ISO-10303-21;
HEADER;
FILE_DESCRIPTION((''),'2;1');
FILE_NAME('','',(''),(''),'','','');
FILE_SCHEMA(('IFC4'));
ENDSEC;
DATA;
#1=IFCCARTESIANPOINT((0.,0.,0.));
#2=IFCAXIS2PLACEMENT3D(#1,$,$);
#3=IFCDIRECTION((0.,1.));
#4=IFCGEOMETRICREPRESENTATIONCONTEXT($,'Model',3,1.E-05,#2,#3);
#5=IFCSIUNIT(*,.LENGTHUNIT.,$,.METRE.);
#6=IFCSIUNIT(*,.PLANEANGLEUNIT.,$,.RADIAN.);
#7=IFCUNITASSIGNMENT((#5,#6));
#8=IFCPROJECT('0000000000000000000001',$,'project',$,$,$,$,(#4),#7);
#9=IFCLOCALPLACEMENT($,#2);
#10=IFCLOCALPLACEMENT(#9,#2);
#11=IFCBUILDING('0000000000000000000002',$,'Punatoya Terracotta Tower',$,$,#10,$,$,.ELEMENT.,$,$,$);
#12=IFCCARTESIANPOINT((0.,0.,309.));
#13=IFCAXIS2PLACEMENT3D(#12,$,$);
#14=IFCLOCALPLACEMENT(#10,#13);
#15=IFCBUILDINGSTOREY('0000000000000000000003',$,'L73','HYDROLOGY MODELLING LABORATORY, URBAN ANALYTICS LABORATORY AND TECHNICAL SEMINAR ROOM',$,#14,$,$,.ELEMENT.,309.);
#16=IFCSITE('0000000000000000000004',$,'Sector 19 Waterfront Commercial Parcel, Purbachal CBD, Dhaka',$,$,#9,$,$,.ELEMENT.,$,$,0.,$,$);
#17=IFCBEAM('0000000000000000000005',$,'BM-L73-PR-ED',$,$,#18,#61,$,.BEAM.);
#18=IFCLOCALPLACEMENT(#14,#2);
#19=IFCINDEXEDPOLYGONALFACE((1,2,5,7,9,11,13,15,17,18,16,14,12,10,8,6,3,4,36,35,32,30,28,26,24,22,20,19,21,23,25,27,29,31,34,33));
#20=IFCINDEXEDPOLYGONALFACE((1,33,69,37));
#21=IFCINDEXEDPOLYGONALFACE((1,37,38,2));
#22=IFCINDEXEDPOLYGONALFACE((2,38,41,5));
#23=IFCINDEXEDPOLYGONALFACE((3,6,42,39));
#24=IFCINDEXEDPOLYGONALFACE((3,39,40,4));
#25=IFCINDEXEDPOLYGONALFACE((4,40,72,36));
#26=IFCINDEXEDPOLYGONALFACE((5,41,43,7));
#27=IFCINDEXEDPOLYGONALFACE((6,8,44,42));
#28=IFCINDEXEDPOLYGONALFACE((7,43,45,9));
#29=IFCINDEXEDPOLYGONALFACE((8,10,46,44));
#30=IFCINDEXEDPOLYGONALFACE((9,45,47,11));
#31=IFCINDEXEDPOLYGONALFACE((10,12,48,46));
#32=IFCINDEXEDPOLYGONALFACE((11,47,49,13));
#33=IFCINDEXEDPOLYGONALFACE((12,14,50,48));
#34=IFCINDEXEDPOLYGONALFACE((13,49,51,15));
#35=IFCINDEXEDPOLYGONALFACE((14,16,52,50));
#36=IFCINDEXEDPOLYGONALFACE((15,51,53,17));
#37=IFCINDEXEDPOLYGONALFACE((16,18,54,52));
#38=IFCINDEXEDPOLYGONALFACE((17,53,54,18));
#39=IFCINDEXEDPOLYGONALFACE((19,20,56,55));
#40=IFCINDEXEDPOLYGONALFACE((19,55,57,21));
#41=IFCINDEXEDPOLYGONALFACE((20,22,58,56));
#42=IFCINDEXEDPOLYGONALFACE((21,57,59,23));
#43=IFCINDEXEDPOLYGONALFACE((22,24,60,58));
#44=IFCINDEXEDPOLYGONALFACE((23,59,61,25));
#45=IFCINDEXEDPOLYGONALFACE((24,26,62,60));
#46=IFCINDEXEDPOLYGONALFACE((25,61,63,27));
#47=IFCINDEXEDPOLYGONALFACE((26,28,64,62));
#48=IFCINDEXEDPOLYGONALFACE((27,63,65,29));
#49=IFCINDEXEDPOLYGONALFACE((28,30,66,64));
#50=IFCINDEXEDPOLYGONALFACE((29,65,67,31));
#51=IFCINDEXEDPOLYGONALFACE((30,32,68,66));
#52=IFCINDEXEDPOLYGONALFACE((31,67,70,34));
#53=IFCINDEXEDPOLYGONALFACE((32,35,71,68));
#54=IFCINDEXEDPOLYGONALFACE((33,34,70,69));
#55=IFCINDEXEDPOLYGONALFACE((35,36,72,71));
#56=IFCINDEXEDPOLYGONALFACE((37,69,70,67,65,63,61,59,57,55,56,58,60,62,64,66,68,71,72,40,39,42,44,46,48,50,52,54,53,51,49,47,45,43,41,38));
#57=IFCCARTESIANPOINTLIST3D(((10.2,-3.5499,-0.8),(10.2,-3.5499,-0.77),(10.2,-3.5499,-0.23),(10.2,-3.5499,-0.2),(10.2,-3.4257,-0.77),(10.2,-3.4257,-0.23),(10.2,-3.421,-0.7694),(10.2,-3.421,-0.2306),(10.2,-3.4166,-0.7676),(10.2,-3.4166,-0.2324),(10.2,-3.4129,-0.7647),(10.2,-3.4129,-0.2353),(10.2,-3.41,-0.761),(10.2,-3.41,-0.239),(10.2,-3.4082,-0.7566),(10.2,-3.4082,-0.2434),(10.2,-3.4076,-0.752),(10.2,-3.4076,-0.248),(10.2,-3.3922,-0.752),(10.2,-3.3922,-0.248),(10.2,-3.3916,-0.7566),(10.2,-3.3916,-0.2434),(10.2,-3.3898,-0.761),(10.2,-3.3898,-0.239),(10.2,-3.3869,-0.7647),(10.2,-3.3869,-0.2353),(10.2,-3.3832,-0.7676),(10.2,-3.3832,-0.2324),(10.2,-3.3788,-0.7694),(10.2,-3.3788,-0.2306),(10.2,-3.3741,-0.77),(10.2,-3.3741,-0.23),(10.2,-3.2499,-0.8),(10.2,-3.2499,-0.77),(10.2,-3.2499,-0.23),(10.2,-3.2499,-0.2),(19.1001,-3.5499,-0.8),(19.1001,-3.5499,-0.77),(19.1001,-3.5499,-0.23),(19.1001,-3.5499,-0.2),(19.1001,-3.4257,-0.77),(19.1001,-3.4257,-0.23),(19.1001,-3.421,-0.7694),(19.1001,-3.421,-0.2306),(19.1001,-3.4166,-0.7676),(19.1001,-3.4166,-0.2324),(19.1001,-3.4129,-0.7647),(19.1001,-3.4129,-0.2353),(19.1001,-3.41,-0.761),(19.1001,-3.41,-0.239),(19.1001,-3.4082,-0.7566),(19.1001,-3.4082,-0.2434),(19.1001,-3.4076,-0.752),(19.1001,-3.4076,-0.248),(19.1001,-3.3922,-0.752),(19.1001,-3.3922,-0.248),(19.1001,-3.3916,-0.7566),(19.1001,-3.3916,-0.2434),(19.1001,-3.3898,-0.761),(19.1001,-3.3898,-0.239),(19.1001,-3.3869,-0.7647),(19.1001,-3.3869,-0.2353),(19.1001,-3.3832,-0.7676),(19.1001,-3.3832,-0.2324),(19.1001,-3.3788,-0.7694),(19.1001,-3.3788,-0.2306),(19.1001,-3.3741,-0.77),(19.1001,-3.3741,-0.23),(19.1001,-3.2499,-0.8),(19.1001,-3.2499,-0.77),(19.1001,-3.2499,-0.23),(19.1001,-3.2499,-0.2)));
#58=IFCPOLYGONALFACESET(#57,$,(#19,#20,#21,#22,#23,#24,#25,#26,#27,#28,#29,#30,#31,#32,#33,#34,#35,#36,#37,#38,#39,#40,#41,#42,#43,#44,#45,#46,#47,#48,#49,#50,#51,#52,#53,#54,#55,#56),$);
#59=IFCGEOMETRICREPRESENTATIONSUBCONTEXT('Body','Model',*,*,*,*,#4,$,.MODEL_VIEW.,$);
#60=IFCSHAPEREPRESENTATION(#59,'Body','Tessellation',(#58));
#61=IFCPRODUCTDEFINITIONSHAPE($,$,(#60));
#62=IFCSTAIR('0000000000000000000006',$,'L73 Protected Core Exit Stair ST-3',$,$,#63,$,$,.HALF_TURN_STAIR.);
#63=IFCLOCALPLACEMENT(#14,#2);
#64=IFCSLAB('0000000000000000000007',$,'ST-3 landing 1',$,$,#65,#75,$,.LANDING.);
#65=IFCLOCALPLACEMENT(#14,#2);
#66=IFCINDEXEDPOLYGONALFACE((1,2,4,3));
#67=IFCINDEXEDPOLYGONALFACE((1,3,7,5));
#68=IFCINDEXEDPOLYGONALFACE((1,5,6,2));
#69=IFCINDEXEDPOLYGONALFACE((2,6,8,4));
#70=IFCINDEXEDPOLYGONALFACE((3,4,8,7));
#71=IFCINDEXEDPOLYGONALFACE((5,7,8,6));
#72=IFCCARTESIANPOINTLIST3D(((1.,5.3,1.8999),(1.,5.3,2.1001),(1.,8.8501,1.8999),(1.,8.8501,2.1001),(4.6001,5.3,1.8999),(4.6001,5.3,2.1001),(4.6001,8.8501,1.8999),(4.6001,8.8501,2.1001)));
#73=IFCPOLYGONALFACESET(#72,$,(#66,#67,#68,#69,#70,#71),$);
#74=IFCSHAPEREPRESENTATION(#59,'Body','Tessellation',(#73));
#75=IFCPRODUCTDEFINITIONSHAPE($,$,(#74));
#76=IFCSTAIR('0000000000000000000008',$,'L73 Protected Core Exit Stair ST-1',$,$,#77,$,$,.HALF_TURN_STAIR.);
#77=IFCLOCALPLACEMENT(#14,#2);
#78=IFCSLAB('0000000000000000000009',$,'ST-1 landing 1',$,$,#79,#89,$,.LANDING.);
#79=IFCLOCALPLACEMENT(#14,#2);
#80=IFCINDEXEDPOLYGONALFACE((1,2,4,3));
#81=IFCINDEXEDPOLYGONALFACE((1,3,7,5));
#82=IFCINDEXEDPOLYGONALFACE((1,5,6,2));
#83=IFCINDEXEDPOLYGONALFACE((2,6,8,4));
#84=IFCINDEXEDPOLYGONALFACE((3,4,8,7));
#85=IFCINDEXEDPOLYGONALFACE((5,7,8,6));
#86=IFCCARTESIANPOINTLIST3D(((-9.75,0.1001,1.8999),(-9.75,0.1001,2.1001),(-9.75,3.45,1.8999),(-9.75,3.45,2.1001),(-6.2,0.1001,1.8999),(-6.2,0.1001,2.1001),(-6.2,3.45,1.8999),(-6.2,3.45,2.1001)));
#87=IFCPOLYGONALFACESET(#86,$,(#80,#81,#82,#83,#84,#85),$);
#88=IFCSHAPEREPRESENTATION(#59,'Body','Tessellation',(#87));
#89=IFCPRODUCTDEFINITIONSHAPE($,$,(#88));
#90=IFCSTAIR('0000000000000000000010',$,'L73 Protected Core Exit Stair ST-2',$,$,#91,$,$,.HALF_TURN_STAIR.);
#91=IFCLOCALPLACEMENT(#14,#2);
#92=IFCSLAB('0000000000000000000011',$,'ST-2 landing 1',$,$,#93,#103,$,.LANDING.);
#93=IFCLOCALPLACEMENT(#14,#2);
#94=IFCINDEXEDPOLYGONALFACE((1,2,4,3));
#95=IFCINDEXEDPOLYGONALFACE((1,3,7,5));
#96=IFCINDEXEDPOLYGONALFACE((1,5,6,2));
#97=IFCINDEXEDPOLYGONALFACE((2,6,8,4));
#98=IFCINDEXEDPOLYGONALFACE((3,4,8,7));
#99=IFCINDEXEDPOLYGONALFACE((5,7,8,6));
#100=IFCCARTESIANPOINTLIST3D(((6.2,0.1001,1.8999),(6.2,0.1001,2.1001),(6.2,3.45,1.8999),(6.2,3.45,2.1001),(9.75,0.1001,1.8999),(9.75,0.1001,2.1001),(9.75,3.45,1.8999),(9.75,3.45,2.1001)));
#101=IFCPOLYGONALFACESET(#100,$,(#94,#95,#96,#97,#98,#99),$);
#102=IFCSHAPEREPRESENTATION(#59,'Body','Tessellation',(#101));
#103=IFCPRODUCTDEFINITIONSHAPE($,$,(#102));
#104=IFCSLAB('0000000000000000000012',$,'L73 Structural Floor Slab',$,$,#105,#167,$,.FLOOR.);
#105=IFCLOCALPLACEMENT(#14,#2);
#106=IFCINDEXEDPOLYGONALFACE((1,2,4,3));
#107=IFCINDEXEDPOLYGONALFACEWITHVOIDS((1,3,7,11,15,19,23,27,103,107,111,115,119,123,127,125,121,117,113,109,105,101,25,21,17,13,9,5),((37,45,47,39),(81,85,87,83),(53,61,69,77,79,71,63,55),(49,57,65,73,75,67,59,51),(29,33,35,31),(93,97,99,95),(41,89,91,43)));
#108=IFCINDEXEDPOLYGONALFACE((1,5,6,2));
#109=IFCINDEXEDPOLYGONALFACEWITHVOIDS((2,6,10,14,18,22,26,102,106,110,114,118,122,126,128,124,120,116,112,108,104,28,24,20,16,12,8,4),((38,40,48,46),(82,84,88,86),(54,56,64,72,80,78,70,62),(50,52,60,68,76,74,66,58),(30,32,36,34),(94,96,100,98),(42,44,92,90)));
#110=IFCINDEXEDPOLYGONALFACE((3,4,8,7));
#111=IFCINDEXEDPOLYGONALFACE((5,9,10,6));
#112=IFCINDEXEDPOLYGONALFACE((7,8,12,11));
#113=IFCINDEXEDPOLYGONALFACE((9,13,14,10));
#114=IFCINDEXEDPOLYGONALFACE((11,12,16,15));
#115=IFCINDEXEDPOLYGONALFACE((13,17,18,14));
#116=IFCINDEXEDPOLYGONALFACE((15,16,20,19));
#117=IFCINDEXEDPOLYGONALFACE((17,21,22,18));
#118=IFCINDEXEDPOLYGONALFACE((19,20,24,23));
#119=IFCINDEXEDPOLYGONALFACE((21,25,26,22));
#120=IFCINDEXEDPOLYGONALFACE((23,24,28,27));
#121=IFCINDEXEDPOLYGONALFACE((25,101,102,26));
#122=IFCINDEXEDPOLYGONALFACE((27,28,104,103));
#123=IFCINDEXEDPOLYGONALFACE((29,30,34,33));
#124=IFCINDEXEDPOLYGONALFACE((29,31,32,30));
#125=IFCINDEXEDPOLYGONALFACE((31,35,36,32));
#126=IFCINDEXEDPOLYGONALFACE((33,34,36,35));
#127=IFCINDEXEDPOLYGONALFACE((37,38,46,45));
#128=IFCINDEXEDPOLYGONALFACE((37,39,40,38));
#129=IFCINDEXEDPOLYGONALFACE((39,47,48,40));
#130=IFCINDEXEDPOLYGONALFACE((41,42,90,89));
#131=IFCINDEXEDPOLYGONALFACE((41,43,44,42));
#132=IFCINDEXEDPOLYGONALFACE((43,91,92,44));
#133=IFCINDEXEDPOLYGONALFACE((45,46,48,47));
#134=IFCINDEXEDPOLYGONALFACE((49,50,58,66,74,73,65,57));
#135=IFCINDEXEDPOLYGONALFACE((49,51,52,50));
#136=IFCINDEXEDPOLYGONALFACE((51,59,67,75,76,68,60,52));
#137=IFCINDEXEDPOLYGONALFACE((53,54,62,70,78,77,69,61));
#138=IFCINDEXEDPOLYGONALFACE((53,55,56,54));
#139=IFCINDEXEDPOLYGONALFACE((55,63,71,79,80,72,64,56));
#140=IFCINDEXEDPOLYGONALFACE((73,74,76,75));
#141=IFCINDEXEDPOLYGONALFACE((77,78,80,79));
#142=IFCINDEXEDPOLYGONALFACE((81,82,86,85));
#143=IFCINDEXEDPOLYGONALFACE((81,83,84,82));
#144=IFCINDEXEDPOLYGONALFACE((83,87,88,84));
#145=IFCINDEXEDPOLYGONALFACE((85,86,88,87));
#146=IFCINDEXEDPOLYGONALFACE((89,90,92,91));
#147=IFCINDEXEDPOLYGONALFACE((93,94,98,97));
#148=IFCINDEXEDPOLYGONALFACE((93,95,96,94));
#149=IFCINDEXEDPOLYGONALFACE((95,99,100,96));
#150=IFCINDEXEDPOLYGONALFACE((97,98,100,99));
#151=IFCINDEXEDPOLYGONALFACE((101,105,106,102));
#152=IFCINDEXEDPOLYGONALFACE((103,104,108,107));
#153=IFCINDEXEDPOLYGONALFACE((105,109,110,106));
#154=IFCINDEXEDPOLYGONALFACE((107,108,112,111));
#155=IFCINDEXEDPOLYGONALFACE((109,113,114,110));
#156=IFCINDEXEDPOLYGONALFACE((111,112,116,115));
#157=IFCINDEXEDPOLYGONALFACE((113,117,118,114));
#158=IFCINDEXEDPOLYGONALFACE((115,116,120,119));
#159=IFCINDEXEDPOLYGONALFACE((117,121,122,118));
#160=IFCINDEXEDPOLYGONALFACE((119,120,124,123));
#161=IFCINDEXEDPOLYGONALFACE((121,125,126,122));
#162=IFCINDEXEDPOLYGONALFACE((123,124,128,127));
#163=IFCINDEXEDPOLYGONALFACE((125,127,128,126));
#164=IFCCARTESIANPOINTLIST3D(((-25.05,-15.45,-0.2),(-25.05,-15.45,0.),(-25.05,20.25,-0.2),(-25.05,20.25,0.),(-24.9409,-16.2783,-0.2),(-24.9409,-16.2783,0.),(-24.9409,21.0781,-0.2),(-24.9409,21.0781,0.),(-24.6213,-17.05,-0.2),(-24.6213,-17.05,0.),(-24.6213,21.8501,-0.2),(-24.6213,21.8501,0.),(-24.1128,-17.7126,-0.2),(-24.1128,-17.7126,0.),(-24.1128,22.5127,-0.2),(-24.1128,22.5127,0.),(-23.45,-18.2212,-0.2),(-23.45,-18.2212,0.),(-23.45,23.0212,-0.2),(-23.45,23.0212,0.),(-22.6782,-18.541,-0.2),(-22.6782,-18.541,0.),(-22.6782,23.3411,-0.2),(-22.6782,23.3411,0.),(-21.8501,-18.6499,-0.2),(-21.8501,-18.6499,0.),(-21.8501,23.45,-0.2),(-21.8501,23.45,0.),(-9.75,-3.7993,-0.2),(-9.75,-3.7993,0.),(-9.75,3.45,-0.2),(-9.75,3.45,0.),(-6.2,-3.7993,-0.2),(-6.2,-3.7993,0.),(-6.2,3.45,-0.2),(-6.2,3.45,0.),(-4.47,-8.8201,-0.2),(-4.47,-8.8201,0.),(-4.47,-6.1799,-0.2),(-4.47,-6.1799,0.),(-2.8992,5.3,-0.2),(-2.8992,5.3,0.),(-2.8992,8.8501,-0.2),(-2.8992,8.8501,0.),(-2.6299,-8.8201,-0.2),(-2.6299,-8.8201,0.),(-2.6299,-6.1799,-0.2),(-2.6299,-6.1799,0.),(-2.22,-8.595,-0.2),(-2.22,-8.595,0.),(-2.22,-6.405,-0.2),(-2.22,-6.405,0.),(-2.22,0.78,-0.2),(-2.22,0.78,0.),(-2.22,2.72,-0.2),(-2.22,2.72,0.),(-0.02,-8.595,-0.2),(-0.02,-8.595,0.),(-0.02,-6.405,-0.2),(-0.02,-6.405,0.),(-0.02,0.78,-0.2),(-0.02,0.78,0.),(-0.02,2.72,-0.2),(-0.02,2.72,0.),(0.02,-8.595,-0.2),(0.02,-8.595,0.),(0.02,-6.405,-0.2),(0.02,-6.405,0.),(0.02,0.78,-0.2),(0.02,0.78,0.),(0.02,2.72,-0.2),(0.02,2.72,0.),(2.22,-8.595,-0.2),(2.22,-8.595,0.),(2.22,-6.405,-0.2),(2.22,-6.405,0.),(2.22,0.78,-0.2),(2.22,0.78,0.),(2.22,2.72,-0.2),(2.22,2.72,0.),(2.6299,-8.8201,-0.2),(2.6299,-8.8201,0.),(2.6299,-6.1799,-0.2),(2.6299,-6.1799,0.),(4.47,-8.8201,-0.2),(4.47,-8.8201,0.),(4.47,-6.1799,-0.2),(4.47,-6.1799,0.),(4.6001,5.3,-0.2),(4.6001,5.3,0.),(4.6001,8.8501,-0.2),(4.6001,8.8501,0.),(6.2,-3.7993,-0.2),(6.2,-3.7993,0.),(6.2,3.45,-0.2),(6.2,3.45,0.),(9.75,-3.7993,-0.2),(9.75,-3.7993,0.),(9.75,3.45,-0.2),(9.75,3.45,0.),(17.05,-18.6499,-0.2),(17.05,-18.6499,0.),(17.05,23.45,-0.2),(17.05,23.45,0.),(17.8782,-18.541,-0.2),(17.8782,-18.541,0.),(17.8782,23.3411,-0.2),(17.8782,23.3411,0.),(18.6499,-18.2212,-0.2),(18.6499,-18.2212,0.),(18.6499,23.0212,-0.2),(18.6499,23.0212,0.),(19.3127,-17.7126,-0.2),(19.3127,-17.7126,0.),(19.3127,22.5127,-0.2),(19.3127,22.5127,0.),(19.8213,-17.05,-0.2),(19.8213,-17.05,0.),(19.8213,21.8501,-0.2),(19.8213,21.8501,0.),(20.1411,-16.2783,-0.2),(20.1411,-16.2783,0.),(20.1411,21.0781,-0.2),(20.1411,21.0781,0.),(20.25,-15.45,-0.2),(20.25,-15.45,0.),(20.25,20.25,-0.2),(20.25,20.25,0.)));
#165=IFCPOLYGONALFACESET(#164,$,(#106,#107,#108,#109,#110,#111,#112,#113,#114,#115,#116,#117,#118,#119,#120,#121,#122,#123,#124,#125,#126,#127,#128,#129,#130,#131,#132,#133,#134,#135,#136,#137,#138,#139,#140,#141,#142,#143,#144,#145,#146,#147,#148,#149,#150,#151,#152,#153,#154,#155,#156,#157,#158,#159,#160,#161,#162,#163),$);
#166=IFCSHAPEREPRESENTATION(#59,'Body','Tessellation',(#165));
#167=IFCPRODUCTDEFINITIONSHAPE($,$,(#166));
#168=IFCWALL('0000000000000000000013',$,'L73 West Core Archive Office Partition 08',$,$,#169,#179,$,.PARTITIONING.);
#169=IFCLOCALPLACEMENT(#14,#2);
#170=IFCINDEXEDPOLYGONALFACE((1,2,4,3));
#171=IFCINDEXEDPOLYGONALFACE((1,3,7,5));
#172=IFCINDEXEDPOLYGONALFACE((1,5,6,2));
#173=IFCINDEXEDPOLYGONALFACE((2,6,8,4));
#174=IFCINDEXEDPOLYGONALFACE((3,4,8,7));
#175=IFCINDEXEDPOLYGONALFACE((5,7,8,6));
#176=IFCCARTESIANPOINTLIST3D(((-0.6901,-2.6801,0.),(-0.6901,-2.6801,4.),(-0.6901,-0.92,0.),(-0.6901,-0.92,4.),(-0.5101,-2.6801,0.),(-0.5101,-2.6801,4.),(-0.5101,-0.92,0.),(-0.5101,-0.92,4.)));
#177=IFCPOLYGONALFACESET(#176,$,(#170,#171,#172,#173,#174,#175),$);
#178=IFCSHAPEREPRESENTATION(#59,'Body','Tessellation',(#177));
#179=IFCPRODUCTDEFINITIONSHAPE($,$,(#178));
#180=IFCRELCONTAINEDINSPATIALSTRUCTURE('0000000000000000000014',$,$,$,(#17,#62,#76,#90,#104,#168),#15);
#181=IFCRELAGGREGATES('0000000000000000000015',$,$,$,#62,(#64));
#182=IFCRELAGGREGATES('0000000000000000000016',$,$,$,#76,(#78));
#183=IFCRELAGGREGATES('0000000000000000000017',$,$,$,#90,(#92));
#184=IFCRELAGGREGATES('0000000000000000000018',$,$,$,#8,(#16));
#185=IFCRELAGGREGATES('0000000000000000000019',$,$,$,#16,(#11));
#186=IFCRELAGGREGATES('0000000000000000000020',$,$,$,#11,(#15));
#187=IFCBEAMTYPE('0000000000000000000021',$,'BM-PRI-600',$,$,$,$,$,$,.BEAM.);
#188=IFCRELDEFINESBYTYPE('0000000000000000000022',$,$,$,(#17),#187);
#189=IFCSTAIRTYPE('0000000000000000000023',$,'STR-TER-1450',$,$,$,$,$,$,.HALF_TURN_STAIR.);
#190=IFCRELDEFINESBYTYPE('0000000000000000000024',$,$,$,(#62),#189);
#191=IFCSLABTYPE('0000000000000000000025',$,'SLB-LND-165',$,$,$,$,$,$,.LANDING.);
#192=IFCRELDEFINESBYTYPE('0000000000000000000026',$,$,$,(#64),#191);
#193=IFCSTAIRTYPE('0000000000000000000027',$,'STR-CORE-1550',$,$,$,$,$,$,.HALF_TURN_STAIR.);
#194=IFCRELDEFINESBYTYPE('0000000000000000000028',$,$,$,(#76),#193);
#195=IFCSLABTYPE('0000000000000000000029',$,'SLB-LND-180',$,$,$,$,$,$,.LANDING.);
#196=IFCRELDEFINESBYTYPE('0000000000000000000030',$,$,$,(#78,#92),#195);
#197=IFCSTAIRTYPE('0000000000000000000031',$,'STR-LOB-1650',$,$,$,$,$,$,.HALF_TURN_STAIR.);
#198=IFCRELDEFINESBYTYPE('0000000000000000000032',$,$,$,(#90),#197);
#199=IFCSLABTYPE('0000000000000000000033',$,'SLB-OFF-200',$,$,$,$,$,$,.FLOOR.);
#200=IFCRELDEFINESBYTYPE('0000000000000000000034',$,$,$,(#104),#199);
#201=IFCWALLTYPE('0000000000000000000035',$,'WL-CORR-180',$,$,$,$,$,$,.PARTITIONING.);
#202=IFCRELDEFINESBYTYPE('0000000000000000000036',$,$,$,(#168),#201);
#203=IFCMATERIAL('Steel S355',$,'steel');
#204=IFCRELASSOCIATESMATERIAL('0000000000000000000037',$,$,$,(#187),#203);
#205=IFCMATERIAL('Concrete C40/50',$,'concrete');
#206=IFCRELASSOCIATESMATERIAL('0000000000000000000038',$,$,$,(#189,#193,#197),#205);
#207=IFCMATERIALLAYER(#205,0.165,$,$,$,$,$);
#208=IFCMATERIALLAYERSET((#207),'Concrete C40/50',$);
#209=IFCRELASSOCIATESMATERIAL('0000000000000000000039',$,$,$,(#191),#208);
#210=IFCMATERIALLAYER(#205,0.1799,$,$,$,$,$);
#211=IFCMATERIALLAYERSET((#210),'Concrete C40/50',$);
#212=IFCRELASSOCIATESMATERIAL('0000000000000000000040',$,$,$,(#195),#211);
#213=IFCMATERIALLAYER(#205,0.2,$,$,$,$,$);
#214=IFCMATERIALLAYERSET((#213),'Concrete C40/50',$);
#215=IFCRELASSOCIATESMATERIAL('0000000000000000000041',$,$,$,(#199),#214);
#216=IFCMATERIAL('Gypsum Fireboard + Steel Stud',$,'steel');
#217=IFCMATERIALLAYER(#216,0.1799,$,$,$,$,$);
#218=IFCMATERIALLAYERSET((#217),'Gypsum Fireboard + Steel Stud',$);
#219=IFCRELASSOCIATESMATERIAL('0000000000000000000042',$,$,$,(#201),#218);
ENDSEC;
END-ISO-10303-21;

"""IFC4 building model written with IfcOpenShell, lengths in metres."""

from ifc_helpers import new_model, si_unit, direction, frame, frame_2d, origin, origin_2d, place, context, subcontext, project, spatial, polyline, rectangle, i_section, outline, extrude, material, layer, layer_set, material_profile, profile_set, type_object, element, aggregate, save


model = new_model("IFC4")

# Units and contexts
model_context = context("Model", 3, precision=1e-05, world=origin(), true_north=direction((0.0, 1.0)))
body_context = subcontext(model_context, "Body", "Model", "MODEL_VIEW")
ifc_project = project(units=[si_unit("LENGTHUNIT", "METRE"), si_unit("PLANEANGLEUNIT", "RADIAN")], contexts=[model_context])

# Site, building, storey
site_placement = place(None, origin())
site = spatial("IfcSite", under=ifc_project, at=site_placement, Name="Sector 19 Waterfront Commercial Parcel, Purbachal CBD, Dhaka", CompositionType="ELEMENT", RefElevation=0.0)
building_placement = place(site_placement, origin())
building = spatial("IfcBuilding", under=site, at=building_placement, Name="Punatoya Terracotta Tower", CompositionType="ELEMENT")
storey_placement = place(building_placement, frame((0.0, 0.0, 309.0)))
storey = spatial("IfcBuildingStorey", under=building, at=storey_placement, Name="L73", Description="HYDROLOGY MODELLING LABORATORY, URBAN ANALYTICS LABORATORY AND TECHNICAL SEMINAR ROOM", CompositionType="ELEMENT", Elevation=309.0)

# Beam
ifc_material_1 = material(Name="Steel S355", Category="steel")
ifc_material_profile = material_profile(ifc_material_1, i_section(OverallWidth=0.3, OverallDepth=0.6001, WebThickness=0.0154, FlangeThickness=0.03, FilletRadius=0.0181, at=origin_2d()))
ifc_profile_set = profile_set([ifc_material_profile], Name="Steel S355")
beam_type = type_object("IfcBeamType", Name="BM-PRI-600", PredefinedType="BEAM", material=ifc_profile_set)
beam_placement = place(storey_placement, frame((10.2, -3.3999, -0.5), z_axis=(1.0, 0.0, 0.0), x_axis=(0.0, 1.0, 0.0)))
element("IfcBeam", 1, at=beam_placement, inside=storey, type_object=beam_type, Name="BM-L73-PR-ED", PredefinedType="BEAM", context=body_context, shape_type="SweptSolid", body=[
    extrude(i_section(OverallWidth=0.3, OverallDepth=0.6001, WebThickness=0.0154, FlangeThickness=0.03, FilletRadius=0.0181, at=origin_2d()), origin(), (0.0, 0.0, 1.0), 8.9001),
])

# Stairs, slabs
ifc_material_2 = material(Name="Concrete C40/50", Category="concrete")
stair_type_1 = type_object("IfcStairType", Name="STR-TER-1450", PredefinedType="HALF_TURN_STAIR", material=ifc_material_2)
stair_1_placement = place(storey_placement, origin())
stair_1 = element("IfcStair", 2, at=stair_1_placement, inside=storey, type_object=stair_type_1, Name="L73 Protected Core Exit Stair ST-3", PredefinedType="HALF_TURN_STAIR")
ifc_layer_1 = layer(ifc_material_2, 0.165)
ifc_layer_set_1 = layer_set([ifc_layer_1], Name="Concrete C40/50")
slab_type_1 = type_object("IfcSlabType", Name="SLB-LND-165", PredefinedType="LANDING", material=ifc_layer_set_1)
slab_1_placement = place(storey_placement, frame((0.0, 0.0, 1.8999)))
slab_1 = element("IfcSlab", 3, at=slab_1_placement, type_object=slab_type_1, Name="ST-3 landing 1", PredefinedType="LANDING", context=body_context, shape_type="SweptSolid", body=[
    extrude(outline(polyline([(1.0, 5.3), (4.6001, 5.3), (4.6001, 8.8501), (1.0, 8.8501), (1.0, 5.3)])), origin(), (0.0, 0.0, 1.0), 0.2002),
])
aggregate(stair_1, [slab_1])
stair_type_2 = type_object("IfcStairType", Name="STR-CORE-1550", PredefinedType="HALF_TURN_STAIR", material=ifc_material_2)
stair_2_placement = place(storey_placement, origin())
stair_2 = element("IfcStair", 4, at=stair_2_placement, inside=storey, type_object=stair_type_2, Name="L73 Protected Core Exit Stair ST-1", PredefinedType="HALF_TURN_STAIR")
ifc_layer_2 = layer(ifc_material_2, 0.1799)
ifc_layer_set_2 = layer_set([ifc_layer_2], Name="Concrete C40/50")
slab_type_2 = type_object("IfcSlabType", Name="SLB-LND-180", PredefinedType="LANDING", material=ifc_layer_set_2)
slab_2_placement = place(storey_placement, frame((0.0, 0.0, 1.8999)))
slab_2 = element("IfcSlab", 5, at=slab_2_placement, type_object=slab_type_2, Name="ST-1 landing 1", PredefinedType="LANDING", context=body_context, shape_type="SweptSolid", body=[
    extrude(outline(polyline([(-6.2, 0.1001), (-6.2, 3.45), (-9.75, 3.45), (-9.75, 0.1001), (-6.2, 0.1001)])), origin(), (0.0, 0.0, 1.0), 0.2002),
])
aggregate(stair_2, [slab_2])
stair_type_3 = type_object("IfcStairType", Name="STR-LOB-1650", PredefinedType="HALF_TURN_STAIR", material=ifc_material_2)
stair_3_placement = place(storey_placement, origin())
stair_3 = element("IfcStair", 6, at=stair_3_placement, inside=storey, type_object=stair_type_3, Name="L73 Protected Core Exit Stair ST-2", PredefinedType="HALF_TURN_STAIR")
slab_3_placement = place(storey_placement, frame((0.0, 0.0, 1.8999)))
slab_3 = element("IfcSlab", 7, at=slab_3_placement, type_object=slab_type_2, Name="ST-2 landing 1", PredefinedType="LANDING", context=body_context, shape_type="SweptSolid", body=[
    extrude(outline(polyline([(9.75, 0.1001), (9.75, 3.45), (6.2, 3.45), (6.2, 0.1001), (9.75, 0.1001)])), origin(), (0.0, 0.0, 1.0), 0.2002),
])

# Slab
ifc_layer_3 = layer(ifc_material_2, 0.2)
ifc_layer_set_3 = layer_set([ifc_layer_3], Name="Concrete C40/50")
slab_type_3 = type_object("IfcSlabType", Name="SLB-OFF-200", PredefinedType="FLOOR", material=ifc_layer_set_3)
slab_4_placement = place(storey_placement, frame((0.0, 0.0, -0.2)))
element("IfcSlab", 8, at=slab_4_placement, inside=storey, type_object=slab_type_3, Name="L73 Structural Floor Slab", PredefinedType="FLOOR", context=body_context, shape_type="SweptSolid", body=[
    extrude(outline(polyline([(-21.8501, -18.6499), (-22.6782, -18.541), (-23.45, -18.2212), (-24.1128, -17.7126), (-24.6213, -17.05), (-24.9409, -16.2783), (-25.05, -15.45), (-25.05, 20.25), (-24.9409, 21.0781), (-24.6213, 21.8501), (-24.1128, 22.5127), (-23.45, 23.0212), (-22.6782, 23.3411), (-21.8501, 23.45), (17.05, 23.45), (17.8782, 23.3411), (18.6499, 23.0212), (19.3127, 22.5127), (19.8213, 21.8501), (20.1411, 21.0781), (20.25, 20.25), (20.25, -15.45), (20.1411, -16.2783), (19.8213, -17.05), (19.3127, -17.7126), (18.6499, -18.2212), (17.8782, -18.541), (17.05, -18.6499), (-21.8501, -18.6499)]), holes=[polyline([(-2.6299, -6.1799), (-4.47, -6.1799), (-4.47, -8.8201), (-2.6299, -8.8201), (-2.6299, -6.1799)]), polyline([(-0.02, -6.405), (-2.22, -6.405), (-2.22, -8.595), (-0.02, -8.595), (0.02, -8.595), (2.22, -8.595), (2.22, -6.405), (0.02, -6.405), (-0.02, -6.405)]), polyline([(4.47, -6.1799), (2.6299, -6.1799), (2.6299, -8.8201), (4.47, -8.8201), (4.47, -6.1799)]), polyline([(-9.75, 3.45), (-9.75, -3.7993), (-6.2, -3.7993), (-6.2, 3.45), (-9.75, 3.45)]), polyline([(6.2, 3.45), (6.2, -3.7993), (9.75, -3.7993), (9.75, 3.45), (6.2, 3.45)]), polyline([(-2.22, 2.72), (-2.22, 0.78), (-0.02, 0.78), (0.02, 0.78), (2.22, 0.78), (2.22, 2.72), (0.02, 2.72), (-0.02, 2.72), (-2.22, 2.72)]), polyline([(4.6001, 5.3), (4.6001, 8.8501), (-2.8992, 8.8501), (-2.8992, 5.3), (4.6001, 5.3)])]), origin(), (0.0, 0.0, 1.0), 0.2),
])

# Wall
ifc_material_3 = material(Name="Gypsum Fireboard + Steel Stud", Category="steel")
ifc_layer_4 = layer(ifc_material_3, 0.1799)
ifc_layer_set_4 = layer_set([ifc_layer_4], Name="Gypsum Fireboard + Steel Stud")
wall_type_1 = type_object("IfcWallType", Name="WL-CORR-180", PredefinedType="PARTITIONING", material=ifc_layer_set_4)
wall_1_placement = place(storey_placement, frame((-0.6001, -2.6799, 0.0), z_axis=(0.0, 0.0, 1.0), x_axis=(0.0, 1.0, 0.0)))
element("IfcWall", 9, at=wall_1_placement, inside=storey, type_object=wall_type_1, Name="L73 West Core Archive Office Partition 08", PredefinedType="PARTITIONING", context=body_context, shape_type="SweptSolid", body=[
    extrude(rectangle(XDim=1.76, YDim=0.1799, at=frame_2d((0.8799, 0.0))), origin(), (0.0, 0.0, 1.0), 4.0),
])

aggregate(stair_3, [slab_3])

save(model, "model.ifc")
